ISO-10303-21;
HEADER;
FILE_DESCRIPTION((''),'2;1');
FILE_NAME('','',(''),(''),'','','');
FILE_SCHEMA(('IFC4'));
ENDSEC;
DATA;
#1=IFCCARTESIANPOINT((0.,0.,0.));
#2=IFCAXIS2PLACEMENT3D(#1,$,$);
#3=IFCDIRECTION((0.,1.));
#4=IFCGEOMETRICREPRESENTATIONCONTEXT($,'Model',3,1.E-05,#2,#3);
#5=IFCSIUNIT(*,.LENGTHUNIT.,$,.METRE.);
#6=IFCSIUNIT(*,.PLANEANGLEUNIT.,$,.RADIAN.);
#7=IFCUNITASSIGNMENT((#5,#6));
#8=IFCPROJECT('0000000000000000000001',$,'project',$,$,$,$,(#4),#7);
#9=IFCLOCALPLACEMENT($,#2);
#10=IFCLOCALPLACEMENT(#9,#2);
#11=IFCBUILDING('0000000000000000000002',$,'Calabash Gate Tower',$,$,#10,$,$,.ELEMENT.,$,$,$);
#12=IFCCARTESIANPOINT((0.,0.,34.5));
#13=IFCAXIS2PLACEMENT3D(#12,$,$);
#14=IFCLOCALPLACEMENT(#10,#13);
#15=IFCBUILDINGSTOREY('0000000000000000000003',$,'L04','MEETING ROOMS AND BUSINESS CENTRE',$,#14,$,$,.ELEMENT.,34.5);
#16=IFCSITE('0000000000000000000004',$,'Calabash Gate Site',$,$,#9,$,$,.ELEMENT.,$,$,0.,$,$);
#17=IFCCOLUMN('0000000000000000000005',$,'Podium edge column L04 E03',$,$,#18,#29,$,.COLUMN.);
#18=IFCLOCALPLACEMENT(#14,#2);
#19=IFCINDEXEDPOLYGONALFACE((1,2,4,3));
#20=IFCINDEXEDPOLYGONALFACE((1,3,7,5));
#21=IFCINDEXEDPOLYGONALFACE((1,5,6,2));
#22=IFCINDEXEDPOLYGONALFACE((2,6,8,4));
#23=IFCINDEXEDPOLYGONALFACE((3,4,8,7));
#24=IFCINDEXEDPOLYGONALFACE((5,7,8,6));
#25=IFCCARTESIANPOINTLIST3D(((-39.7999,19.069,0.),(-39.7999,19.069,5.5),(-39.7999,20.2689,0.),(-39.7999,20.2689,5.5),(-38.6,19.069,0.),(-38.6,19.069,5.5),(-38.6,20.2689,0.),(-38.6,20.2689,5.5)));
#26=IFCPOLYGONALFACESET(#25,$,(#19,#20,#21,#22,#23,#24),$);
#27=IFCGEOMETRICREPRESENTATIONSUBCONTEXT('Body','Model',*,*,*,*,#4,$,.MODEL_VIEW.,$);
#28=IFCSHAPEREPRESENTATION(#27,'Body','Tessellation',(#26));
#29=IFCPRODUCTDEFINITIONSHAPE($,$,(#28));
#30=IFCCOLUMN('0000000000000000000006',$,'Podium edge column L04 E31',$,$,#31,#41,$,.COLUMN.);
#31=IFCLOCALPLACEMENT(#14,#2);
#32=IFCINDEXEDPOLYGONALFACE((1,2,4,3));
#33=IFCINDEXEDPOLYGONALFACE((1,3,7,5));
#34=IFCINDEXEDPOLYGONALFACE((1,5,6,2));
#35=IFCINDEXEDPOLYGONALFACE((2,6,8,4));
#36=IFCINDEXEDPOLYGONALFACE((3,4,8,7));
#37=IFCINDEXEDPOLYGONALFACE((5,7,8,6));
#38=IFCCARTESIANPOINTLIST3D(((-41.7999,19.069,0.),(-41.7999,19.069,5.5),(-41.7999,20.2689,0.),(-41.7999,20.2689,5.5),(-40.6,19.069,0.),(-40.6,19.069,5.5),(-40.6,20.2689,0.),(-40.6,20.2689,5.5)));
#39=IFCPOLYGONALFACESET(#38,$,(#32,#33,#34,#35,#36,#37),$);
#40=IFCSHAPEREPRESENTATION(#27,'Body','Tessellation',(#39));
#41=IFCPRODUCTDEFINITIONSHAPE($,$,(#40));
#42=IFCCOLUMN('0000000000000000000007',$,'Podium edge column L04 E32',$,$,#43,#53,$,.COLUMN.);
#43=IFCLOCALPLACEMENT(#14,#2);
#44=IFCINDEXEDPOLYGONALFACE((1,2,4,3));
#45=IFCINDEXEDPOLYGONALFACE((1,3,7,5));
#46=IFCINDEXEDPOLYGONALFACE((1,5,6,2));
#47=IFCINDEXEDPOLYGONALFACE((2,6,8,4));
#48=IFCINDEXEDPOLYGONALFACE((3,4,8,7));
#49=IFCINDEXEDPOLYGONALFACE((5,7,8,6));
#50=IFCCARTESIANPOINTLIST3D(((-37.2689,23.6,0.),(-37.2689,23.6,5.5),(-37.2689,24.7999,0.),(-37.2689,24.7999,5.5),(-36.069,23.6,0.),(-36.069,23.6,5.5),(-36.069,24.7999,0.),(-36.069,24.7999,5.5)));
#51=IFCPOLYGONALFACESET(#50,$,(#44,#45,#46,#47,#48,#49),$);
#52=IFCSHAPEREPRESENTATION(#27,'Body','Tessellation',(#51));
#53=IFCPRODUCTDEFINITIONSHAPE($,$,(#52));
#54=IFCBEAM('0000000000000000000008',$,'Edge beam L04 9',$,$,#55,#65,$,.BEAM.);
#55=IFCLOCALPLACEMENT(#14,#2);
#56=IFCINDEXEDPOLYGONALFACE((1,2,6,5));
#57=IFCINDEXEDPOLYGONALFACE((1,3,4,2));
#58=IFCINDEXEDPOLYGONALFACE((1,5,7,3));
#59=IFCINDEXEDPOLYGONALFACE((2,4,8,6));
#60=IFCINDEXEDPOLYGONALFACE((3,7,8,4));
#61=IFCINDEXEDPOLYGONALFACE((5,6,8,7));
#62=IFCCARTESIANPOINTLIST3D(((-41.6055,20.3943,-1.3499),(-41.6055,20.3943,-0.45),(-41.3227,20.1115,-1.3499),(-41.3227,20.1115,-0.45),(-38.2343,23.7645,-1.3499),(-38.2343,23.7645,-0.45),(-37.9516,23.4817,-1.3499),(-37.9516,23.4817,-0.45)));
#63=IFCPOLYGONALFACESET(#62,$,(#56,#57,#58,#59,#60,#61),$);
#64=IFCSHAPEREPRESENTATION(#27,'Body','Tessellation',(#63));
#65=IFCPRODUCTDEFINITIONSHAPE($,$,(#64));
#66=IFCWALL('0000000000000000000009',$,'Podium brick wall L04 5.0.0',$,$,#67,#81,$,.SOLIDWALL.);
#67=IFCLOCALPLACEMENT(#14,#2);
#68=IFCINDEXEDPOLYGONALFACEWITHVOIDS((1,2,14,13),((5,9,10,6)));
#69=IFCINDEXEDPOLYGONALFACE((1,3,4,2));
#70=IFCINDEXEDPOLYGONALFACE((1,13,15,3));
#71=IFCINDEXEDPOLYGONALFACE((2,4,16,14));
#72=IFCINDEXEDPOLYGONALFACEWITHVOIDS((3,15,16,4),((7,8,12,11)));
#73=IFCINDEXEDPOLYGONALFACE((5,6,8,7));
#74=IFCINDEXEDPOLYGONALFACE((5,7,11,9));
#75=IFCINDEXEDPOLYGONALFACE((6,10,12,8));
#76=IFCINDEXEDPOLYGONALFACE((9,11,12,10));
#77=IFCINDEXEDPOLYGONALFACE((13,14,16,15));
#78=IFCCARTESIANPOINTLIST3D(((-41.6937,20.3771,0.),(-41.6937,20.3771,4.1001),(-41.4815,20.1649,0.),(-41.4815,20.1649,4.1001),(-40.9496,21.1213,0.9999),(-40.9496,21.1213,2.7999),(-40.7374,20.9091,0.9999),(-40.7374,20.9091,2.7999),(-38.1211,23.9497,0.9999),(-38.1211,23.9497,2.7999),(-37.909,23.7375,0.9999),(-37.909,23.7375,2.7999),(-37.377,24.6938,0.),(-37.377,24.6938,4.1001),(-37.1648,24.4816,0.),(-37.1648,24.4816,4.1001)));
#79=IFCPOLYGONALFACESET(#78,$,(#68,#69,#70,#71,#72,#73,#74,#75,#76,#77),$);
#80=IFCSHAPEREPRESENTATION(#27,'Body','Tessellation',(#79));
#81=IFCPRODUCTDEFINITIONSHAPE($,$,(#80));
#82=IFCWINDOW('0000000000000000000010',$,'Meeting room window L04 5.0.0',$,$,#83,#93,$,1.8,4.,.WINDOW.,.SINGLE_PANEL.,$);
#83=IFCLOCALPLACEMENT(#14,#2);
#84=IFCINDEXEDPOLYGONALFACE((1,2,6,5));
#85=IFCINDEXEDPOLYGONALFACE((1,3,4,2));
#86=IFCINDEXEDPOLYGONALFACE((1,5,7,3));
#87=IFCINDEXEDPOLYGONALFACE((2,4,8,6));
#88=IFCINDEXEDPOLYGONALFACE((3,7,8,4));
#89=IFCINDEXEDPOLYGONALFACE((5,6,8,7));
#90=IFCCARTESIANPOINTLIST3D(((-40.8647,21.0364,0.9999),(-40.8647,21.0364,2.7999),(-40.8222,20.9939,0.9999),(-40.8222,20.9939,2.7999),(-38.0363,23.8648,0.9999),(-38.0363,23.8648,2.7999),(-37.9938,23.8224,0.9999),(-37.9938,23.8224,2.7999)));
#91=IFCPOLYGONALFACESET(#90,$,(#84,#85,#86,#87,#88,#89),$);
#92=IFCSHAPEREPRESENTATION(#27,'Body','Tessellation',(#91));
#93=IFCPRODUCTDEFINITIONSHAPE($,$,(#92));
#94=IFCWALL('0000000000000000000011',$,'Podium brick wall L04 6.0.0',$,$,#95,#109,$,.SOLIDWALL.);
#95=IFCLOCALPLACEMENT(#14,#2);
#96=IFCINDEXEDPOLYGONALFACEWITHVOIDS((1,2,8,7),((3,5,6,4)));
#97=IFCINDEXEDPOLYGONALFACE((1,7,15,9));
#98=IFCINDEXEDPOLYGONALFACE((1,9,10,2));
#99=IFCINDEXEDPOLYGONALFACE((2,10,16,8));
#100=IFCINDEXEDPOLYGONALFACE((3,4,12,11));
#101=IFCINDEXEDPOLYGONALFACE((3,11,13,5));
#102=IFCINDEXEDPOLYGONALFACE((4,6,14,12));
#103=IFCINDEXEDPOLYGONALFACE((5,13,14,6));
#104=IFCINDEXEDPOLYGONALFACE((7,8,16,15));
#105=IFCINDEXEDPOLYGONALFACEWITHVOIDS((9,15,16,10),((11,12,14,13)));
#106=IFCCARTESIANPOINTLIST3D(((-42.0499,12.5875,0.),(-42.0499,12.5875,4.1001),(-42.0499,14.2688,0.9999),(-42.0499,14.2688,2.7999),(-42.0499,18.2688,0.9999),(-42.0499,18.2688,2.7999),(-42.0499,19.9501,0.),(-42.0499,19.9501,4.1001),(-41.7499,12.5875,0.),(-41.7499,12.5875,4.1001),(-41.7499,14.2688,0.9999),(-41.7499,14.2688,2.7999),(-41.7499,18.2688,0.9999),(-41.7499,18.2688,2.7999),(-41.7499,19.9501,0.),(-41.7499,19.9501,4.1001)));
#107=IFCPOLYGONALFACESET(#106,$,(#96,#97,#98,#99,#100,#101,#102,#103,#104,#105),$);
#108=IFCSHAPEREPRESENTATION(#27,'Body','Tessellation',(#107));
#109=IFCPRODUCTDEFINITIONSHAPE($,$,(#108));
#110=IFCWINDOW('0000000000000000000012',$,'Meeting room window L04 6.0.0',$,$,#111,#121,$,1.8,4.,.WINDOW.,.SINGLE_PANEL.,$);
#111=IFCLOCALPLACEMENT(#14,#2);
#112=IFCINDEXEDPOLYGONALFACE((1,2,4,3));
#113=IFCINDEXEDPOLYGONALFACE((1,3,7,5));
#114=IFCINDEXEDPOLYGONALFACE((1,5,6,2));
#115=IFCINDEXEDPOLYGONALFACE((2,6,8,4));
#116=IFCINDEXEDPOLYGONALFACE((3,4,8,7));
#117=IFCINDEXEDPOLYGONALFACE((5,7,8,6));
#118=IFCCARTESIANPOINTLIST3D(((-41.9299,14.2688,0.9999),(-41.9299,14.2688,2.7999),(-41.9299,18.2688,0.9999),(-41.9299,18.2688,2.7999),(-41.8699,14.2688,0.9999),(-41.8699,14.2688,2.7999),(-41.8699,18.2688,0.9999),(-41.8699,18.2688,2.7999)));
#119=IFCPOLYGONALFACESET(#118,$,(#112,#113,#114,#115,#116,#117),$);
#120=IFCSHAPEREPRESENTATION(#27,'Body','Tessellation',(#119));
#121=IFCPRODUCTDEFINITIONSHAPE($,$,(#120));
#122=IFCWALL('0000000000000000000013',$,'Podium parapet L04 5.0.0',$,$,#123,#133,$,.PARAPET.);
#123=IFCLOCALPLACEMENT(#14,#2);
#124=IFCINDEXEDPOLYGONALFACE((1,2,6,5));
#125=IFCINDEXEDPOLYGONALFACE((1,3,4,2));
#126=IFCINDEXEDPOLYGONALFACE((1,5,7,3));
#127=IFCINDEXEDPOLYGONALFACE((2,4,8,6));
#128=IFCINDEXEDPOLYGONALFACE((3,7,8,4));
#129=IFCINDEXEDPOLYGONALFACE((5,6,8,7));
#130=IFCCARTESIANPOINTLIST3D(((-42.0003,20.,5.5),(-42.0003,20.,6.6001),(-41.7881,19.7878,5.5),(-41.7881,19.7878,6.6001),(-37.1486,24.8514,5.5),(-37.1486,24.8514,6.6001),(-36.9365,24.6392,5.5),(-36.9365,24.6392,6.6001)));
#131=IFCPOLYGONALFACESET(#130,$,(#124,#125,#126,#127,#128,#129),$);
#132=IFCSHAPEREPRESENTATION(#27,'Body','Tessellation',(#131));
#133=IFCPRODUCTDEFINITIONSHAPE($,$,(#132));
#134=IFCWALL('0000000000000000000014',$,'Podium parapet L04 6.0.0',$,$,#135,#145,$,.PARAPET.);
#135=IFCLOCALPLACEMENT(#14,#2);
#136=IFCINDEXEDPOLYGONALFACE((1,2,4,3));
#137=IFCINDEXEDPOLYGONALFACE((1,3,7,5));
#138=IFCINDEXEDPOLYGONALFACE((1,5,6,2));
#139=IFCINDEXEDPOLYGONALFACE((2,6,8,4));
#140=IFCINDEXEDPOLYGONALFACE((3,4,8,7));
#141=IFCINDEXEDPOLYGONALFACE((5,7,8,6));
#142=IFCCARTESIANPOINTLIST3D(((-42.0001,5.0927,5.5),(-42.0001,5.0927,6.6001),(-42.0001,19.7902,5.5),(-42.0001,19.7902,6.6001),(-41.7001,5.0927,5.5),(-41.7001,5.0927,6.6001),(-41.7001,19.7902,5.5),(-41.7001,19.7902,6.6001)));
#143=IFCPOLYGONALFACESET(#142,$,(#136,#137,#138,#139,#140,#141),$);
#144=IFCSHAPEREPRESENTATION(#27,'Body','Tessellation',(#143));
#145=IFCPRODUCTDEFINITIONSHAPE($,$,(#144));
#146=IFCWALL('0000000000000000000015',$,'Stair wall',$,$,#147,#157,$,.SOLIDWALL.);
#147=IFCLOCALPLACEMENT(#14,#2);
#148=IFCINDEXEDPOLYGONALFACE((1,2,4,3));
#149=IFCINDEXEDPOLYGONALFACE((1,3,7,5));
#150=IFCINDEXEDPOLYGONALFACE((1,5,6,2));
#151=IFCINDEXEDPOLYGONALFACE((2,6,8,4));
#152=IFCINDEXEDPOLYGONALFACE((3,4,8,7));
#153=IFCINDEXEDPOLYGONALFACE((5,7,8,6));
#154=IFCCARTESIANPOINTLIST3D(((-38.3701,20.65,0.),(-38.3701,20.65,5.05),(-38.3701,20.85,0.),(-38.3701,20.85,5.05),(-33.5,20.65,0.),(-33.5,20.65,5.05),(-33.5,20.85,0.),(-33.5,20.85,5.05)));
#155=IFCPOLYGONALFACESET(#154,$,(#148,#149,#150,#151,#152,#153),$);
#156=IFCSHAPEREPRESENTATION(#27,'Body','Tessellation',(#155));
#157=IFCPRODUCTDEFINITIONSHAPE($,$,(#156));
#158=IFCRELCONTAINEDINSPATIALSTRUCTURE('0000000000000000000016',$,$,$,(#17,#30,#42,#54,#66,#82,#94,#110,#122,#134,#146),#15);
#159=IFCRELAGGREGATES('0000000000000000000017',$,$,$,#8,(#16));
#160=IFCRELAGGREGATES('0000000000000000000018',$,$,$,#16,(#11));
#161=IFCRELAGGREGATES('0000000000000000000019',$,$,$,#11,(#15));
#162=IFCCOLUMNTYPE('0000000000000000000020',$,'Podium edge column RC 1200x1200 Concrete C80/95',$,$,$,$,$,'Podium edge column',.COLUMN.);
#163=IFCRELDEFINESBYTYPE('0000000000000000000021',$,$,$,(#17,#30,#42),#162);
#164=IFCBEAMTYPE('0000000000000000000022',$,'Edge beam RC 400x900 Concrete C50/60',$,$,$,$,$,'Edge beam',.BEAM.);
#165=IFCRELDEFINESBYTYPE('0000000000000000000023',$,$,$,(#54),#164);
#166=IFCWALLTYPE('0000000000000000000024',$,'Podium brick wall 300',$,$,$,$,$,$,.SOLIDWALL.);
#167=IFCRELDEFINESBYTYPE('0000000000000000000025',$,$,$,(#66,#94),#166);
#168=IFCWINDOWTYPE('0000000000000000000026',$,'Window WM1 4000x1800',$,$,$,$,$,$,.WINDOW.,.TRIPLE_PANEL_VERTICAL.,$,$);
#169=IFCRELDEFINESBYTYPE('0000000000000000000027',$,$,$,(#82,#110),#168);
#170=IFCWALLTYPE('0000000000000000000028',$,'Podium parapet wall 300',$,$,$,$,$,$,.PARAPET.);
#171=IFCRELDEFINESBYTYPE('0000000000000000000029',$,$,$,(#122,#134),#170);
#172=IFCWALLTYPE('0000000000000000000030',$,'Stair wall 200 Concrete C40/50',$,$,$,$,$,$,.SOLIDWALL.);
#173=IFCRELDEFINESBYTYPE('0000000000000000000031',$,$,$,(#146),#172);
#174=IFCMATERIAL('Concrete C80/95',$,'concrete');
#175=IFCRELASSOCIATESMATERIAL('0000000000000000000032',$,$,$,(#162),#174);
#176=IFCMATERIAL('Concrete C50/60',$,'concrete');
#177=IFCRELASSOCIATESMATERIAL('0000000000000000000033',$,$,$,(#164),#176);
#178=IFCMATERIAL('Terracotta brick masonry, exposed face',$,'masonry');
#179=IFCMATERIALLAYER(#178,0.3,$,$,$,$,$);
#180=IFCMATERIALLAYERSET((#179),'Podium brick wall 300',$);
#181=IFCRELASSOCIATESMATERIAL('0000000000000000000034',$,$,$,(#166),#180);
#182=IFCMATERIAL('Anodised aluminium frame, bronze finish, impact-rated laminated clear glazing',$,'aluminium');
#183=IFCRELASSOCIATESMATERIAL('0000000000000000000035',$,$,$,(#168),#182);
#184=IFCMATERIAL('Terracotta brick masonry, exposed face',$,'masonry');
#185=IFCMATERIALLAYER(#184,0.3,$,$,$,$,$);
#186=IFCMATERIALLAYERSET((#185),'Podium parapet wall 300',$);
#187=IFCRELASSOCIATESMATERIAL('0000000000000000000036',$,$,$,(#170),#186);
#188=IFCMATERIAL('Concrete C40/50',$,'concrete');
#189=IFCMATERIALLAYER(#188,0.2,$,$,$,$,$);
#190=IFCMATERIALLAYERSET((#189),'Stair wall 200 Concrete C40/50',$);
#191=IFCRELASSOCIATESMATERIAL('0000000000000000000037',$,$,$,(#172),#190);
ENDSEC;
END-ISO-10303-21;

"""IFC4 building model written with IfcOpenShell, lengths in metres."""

from ifc_helpers import new_model, si_unit, direction, frame, frame_2d, origin, origin_2d, place, context, subcontext, project, spatial, rectangle, extrude, material, layer, layer_set, material_profile, profile_set, type_object, element, fill, save


model = new_model("IFC4")

# Units and contexts
model_context = context("Model", 3, precision=1e-05, world=origin(), true_north=direction((0.0, 1.0)))
body_context = subcontext(model_context, "Body", "Model", "MODEL_VIEW")
ifc_project = project(units=[si_unit("LENGTHUNIT", "METRE"), si_unit("PLANEANGLEUNIT", "RADIAN")], contexts=[model_context])

# Site, building, storey
site_placement = place(None, origin())
site = spatial("IfcSite", under=ifc_project, at=site_placement, Name="Calabash Gate Site", CompositionType="ELEMENT", RefElevation=0.0)
building_placement = place(site_placement, origin())
building = spatial("IfcBuilding", under=site, at=building_placement, Name="Calabash Gate Tower", CompositionType="ELEMENT")
storey_placement = place(building_placement, frame((0.0, 0.0, 34.5)))
storey = spatial("IfcBuildingStorey", under=building, at=storey_placement, Name="L04", Description="MEETING ROOMS AND BUSINESS CENTRE", CompositionType="ELEMENT", Elevation=34.5)

# Columns
ifc_material_1 = material(Name="Concrete C80/95", Category="concrete")
ifc_material_profile_1 = material_profile(ifc_material_1, rectangle(XDim=1.2, YDim=1.2, at=origin_2d()))
ifc_profile_set_1 = profile_set([ifc_material_profile_1], Name="Concrete C80/95")
column_type = type_object("IfcColumnType", Name="Podium edge column RC 1200x1200 Concrete C80/95", ElementType="Podium edge column", PredefinedType="COLUMN", material=ifc_profile_set_1)
for number, where, z_axis, x_axis, name in (
    (1, (-39.2, 19.6689, 0.0), (0.0, 0.0, 1.0), (1.0, 0.0, 0.0), "Podium edge column L04 E03"),
    (2, (-41.2, 19.6689, 0.0), (0.0, 0.0, 1.0), (1.0, 0.0, 0.0), "Podium edge column L04 E31"),
    (3, (-36.6689, 24.2, 0.0), (0.0, 0.0, 1.0), (1.0, 0.0, 0.0), "Podium edge column L04 E32"),
):
    element("IfcColumn", number, at=place(storey_placement, frame(where, z_axis=z_axis, x_axis=x_axis)), inside=storey, type_object=column_type, Name=name, PredefinedType="COLUMN", context=body_context, shape_type="SweptSolid", body=[
        extrude(rectangle(XDim=1.2, YDim=1.2, at=origin_2d()), origin(), (0.0, 0.0, 1.0), 5.5),
    ])

# Beam
ifc_material_2 = material(Name="Concrete C50/60", Category="concrete")
ifc_material_profile_2 = material_profile(ifc_material_2, rectangle(XDim=0.3999, YDim=0.8999, at=origin_2d()))
ifc_profile_set_2 = profile_set([ifc_material_profile_2], Name="Concrete C50/60")
beam_type = type_object("IfcBeamType", Name="Edge beam RC 400x900 Concrete C50/60", ElementType="Edge beam", PredefinedType="BEAM", material=ifc_profile_set_2)
beam_placement = place(storey_placement, frame((-41.4641, 20.2529, -0.8999), z_axis=(0.707209, 0.707004, 0.0), x_axis=(-0.707004, 0.707209, 0.0)))
element("IfcBeam", 4, at=beam_placement, inside=storey, type_object=beam_type, Name="Edge beam L04 9", PredefinedType="BEAM", context=body_context, shape_type="SweptSolid", body=[
    extrude(rectangle(XDim=0.3999, YDim=0.8999, at=origin_2d()), origin(), (0.0, 0.0, 1.0), 4.7668),
])

# Walls, openings, windows
ifc_material_3 = material(Name="Terracotta brick masonry, exposed face", Category="masonry")
ifc_layer_1 = layer(ifc_material_3, 0.3)
ifc_layer_set_1 = layer_set([ifc_layer_1], Name="Podium brick wall 300")
wall_type_1 = type_object("IfcWallType", Name="Podium brick wall 300", PredefinedType="SOLIDWALL", material=ifc_layer_set_1)
wall_1_placement = place(storey_placement, frame((-37.271, 24.5876, 0.0), z_axis=(0.0, 0.0, 1.0), x_axis=(-0.707107, -0.707107, 0.0)))
wall_1 = element("IfcWall", 5, at=wall_1_placement, inside=storey, type_object=wall_type_1, Name="Podium brick wall L04 5.0.0", PredefinedType="SOLIDWALL", context=body_context, shape_type="SweptSolid", body=[
    extrude(rectangle(XDim=6.1047, YDim=0.3, at=frame_2d((3.0522, 0.0))), origin(), (0.0, 0.0, 1.0), 4.1001),
])
opening_1_placement = place(wall_1_placement, frame((1.0522, 0.0, 1.0)))
opening_1 = element("IfcOpeningElement", 6, at=opening_1_placement, cuts=wall_1, PredefinedType="OPENING", context=body_context, shape_type="SweptSolid", body=[
    extrude(rectangle(XDim=4.0, YDim=1.8, at=frame_2d((2.0, 0.8999))), frame((0.0, 0.1599, 0.0), z_axis=(0.0, -1.0, 0.0), x_axis=(1.0, 0.0, 0.0)), (0.0, 0.0, 1.0), 0.3201),
])
ifc_material_4 = material(Name="Anodised aluminium frame, bronze finish, impact-rated laminated clear glazing", Category="aluminium")
window_type = type_object("IfcWindowType", Name="Window WM1 4000x1800", PartitioningType="TRIPLE_PANEL_VERTICAL", PredefinedType="WINDOW", material=ifc_material_4)
window_1_placement = place(opening_1_placement, origin())
window_1 = element("IfcWindow", 7, at=window_1_placement, inside=storey, type_object=window_type, Name="Meeting room window L04 5.0.0", OverallHeight=1.8, OverallWidth=4.0, PartitioningType="SINGLE_PANEL", PredefinedType="WINDOW", context=body_context, shape_type="SweptSolid", body=[
    extrude(rectangle(XDim=4.0, YDim=1.8, at=frame_2d((2.0, 0.8999))), frame((0.0, 0.03, 0.0), z_axis=(0.0, -1.0, 0.0), x_axis=(1.0, 0.0, 0.0)), (0.0, 0.0, 1.0), 0.0601),
])
fill(opening_1, window_1)
wall_2_placement = place(storey_placement, frame((-41.8999, 19.95, 0.0), z_axis=(0.0, 0.0, 1.0), x_axis=(0.0, -1.0, 0.0)))
wall_2 = element("IfcWall", 8, at=wall_2_placement, inside=storey, type_object=wall_type_1, Name="Podium brick wall L04 6.0.0", PredefinedType="SOLIDWALL", context=body_context, shape_type="SweptSolid", body=[
    extrude(rectangle(XDim=7.3625, YDim=0.3, at=frame_2d((3.6812, 0.0))), origin(), (0.0, 0.0, 1.0), 4.1001),
])
opening_2_placement = place(wall_2_placement, frame((1.6812, 0.0, 1.0)))
opening_2 = element("IfcOpeningElement", 9, at=opening_2_placement, cuts=wall_2, PredefinedType="OPENING", context=body_context, shape_type="SweptSolid", body=[
    extrude(rectangle(XDim=4.0, YDim=1.8, at=frame_2d((2.0, 0.8999))), frame((0.0, 0.1599, 0.0), z_axis=(0.0, -1.0, 0.0), x_axis=(1.0, 0.0, 0.0)), (0.0, 0.0, 1.0), 0.3201),
])
window_2_placement = place(opening_2_placement, origin())
window_2 = element("IfcWindow", 10, at=window_2_placement, inside=storey, type_object=window_type, Name="Meeting room window L04 6.0.0", OverallHeight=1.8, OverallWidth=4.0, PartitioningType="SINGLE_PANEL", PredefinedType="WINDOW", context=body_context, shape_type="SweptSolid", body=[
    extrude(rectangle(XDim=4.0, YDim=1.8, at=frame_2d((2.0, 0.8999))), frame((0.0, 0.03, 0.0), z_axis=(0.0, -1.0, 0.0), x_axis=(1.0, 0.0, 0.0)), (0.0, 0.0, 1.0), 0.0601),
])
fill(opening_2, window_2)

# Walls
ifc_material_5 = material(Name="Terracotta brick masonry, exposed face", Category="masonry")
ifc_layer_2 = layer(ifc_material_5, 0.3)
ifc_layer_set_2 = layer_set([ifc_layer_2], Name="Podium parapet wall 300")
wall_type_2 = type_object("IfcWallType", Name="Podium parapet wall 300", PredefinedType="PARAPET", material=ifc_layer_set_2)
wall_3_placement = place(storey_placement, frame((-37.0425, 24.7454, 5.5), z_axis=(0.0, 0.0, 1.0), x_axis=(-0.707125, -0.707089, 0.0)))
element("IfcWall", 11, at=wall_3_placement, inside=storey, type_object=wall_type_2, Name="Podium parapet L04 5.0.0", PredefinedType="PARAPET", context=body_context, shape_type="SweptSolid", body=[
    extrude(rectangle(XDim=6.8611, YDim=0.3, at=frame_2d((3.4307, 0.0))), origin(), (0.0, 0.0, 1.0), 1.1001),
])
wall_4_placement = place(storey_placement, frame((-41.8501, 19.79, 5.5), z_axis=(0.0, 0.0, 1.0), x_axis=(0.0, -1.0, 0.0)))
element("IfcWall", 12, at=wall_4_placement, inside=storey, type_object=wall_type_2, Name="Podium parapet L04 6.0.0", PredefinedType="PARAPET", context=body_context, shape_type="SweptSolid", body=[
    extrude(rectangle(XDim=14.6975, YDim=0.3, at=frame_2d((7.3486, 0.0))), origin(), (0.0, 0.0, 1.0), 1.1001),
])
ifc_material_6 = material(Name="Concrete C40/50", Category="concrete")
ifc_layer_3 = layer(ifc_material_6, 0.2)
ifc_layer_set_3 = layer_set([ifc_layer_3], Name="Stair wall 200 Concrete C40/50")
wall_type_3 = type_object("IfcWallType", Name="Stair wall 200 Concrete C40/50", PredefinedType="SOLIDWALL", material=ifc_layer_set_3)
wall_5_placement = place(storey_placement, frame((-38.3701, 20.75, 0.0), z_axis=(0.0, 0.0, 1.0), x_axis=(1.0, 0.0, 0.0)))
element("IfcWall", 13, at=wall_5_placement, inside=storey, type_object=wall_type_3, Name="Stair wall", PredefinedType="SOLIDWALL", context=body_context, shape_type="SweptSolid", body=[
    extrude(rectangle(XDim=4.8701, YDim=0.2, at=frame_2d((2.4351, 0.0))), origin(), (0.0, 0.0, 1.0), 5.05),
])

save(model, "model.ifc")
